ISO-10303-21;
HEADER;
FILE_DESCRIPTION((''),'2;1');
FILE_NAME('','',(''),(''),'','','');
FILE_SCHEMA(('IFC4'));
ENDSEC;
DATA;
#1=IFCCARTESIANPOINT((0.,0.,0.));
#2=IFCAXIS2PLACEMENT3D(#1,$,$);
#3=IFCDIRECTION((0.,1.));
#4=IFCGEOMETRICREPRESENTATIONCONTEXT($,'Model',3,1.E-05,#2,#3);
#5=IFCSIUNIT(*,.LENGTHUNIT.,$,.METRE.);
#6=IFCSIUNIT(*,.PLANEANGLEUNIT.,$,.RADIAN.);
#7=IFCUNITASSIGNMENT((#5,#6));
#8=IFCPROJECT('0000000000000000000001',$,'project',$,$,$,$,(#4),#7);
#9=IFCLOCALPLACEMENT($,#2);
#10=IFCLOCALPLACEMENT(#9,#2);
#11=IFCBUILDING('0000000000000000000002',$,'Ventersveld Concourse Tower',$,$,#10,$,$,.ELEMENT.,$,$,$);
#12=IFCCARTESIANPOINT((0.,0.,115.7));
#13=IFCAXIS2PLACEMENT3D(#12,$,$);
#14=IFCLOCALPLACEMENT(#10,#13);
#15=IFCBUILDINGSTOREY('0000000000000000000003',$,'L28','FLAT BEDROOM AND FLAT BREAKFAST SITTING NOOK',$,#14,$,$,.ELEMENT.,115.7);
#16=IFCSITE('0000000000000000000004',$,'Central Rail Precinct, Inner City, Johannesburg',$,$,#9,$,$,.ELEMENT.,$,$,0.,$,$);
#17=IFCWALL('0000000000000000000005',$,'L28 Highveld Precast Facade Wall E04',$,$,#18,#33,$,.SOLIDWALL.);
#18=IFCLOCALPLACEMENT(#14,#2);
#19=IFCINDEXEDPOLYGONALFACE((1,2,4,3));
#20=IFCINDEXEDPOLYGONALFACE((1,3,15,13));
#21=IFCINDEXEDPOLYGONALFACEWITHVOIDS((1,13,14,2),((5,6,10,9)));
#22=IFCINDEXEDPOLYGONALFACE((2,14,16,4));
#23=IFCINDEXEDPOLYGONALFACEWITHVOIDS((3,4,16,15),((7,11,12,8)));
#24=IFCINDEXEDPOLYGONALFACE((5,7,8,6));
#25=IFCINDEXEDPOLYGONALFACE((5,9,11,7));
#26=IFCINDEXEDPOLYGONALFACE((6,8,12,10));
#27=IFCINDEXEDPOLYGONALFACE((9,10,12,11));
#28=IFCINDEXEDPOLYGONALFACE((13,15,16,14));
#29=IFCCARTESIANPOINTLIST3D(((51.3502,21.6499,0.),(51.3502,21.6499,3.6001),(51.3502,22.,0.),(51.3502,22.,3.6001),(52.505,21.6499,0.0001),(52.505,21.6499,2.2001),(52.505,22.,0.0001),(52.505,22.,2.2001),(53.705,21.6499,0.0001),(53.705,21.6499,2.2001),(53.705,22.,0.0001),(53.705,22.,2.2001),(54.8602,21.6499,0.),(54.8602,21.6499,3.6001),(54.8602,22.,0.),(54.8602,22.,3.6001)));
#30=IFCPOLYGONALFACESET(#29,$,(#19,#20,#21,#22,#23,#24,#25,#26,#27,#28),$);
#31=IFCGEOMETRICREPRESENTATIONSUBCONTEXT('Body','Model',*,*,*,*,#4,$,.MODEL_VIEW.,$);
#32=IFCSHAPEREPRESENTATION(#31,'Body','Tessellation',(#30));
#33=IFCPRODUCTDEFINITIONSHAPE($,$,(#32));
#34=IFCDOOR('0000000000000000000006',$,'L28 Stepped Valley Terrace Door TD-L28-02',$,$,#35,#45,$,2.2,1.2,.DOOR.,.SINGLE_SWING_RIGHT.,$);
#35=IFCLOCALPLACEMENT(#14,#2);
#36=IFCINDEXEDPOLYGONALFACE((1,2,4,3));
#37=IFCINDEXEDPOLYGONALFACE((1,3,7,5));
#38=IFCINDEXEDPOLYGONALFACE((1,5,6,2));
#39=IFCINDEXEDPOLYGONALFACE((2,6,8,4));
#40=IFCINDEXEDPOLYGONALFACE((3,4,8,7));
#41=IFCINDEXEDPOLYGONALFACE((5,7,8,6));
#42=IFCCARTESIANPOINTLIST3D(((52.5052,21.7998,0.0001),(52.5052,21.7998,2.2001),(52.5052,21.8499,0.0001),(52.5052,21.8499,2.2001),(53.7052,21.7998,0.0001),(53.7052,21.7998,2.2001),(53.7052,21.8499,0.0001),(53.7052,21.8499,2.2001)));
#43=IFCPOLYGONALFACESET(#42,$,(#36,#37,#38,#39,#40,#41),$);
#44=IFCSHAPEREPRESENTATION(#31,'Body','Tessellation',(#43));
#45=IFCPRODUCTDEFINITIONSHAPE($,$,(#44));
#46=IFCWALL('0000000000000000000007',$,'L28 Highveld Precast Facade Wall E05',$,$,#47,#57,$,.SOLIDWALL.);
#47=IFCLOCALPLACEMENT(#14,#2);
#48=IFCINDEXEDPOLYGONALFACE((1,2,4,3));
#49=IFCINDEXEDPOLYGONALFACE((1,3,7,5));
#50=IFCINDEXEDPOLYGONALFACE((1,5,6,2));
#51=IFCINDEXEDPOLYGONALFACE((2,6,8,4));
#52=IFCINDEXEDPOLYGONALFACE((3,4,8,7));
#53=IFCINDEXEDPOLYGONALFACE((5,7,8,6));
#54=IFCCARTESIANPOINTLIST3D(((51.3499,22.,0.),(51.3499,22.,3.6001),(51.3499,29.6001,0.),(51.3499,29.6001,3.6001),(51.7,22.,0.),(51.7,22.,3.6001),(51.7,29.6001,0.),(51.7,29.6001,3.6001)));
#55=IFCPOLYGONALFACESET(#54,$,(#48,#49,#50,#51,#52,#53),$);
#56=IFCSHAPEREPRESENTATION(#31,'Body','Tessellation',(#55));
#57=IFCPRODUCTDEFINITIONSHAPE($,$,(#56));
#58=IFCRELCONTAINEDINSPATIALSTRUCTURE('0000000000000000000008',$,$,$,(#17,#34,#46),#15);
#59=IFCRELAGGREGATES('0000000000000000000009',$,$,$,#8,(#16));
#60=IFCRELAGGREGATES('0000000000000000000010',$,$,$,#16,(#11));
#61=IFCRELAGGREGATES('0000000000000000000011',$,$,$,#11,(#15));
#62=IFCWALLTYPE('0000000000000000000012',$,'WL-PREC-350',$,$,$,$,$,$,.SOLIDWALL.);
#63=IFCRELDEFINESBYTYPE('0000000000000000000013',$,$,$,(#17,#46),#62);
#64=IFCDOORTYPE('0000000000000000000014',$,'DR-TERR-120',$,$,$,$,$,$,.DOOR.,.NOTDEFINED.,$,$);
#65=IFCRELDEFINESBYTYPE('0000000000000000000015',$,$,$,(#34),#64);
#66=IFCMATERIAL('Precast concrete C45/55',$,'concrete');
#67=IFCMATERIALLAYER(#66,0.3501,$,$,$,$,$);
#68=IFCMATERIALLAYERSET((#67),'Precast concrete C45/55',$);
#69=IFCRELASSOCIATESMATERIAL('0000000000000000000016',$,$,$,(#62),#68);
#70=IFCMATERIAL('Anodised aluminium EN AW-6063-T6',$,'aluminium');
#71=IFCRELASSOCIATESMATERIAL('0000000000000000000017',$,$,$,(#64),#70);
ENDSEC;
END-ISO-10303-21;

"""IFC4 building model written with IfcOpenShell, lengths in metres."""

from ifc_helpers import new_model, si_unit, direction, frame, frame_2d, origin, place, context, subcontext, project, spatial, rectangle, extrude, material, layer, layer_set, type_object, element, fill, save


model = new_model("IFC4")

# Units and contexts
model_context = context("Model", 3, precision=1e-05, world=origin(), true_north=direction((0.0, 1.0)))
body_context = subcontext(model_context, "Body", "Model", "MODEL_VIEW")
ifc_project = project(units=[si_unit("LENGTHUNIT", "METRE"), si_unit("PLANEANGLEUNIT", "RADIAN")], contexts=[model_context])

# Site, building, storey
site_placement = place(None, origin())
site = spatial("IfcSite", under=ifc_project, at=site_placement, Name="Central Rail Precinct, Inner City, Johannesburg", CompositionType="ELEMENT", RefElevation=0.0)
building_placement = place(site_placement, origin())
building = spatial("IfcBuilding", under=site, at=building_placement, Name="Ventersveld Concourse Tower", CompositionType="ELEMENT")
storey_placement = place(building_placement, frame((0.0, 0.0, 115.7)))
storey = spatial("IfcBuildingStorey", under=building, at=storey_placement, Name="L28", Description="FLAT BEDROOM AND FLAT BREAKFAST SITTING NOOK", CompositionType="ELEMENT", Elevation=115.7)

# Wall, opening, door
ifc_material_1 = material(Name="Precast concrete C45/55", Category="concrete")
ifc_layer_1 = layer(ifc_material_1, 0.3501)
ifc_layer_set_1 = layer_set([ifc_layer_1], Name="Precast concrete C45/55")
wall_type_1 = type_object("IfcWallType", Name="WL-PREC-350", PredefinedType="SOLIDWALL", material=ifc_layer_set_1)
wall_1_placement = place(storey_placement, frame((54.8601, 21.825, 0.0), z_axis=(0.0, 0.0, 1.0), x_axis=(-1.0, 0.0, 0.0)))
wall_1 = element("IfcWall", 1, at=wall_1_placement, inside=storey, type_object=wall_type_1, Name="L28 Highveld Precast Facade Wall E04", PredefinedType="SOLIDWALL", context=body_context, shape_type="SweptSolid", body=[
    extrude(rectangle(XDim=3.51, YDim=0.3501, at=frame_2d((1.7549, 0.0))), origin(), (0.0, 0.0, 1.0), 3.6001),
])
opening_1_placement = place(wall_1_placement, frame((1.155, 0.0, 0.0)))
opening_1 = element("IfcOpeningElement", 2, at=opening_1_placement, cuts=wall_1, PredefinedType="OPENING", context=body_context, shape_type="SweptSolid", body=[
    extrude(rectangle(XDim=1.2, YDim=2.2, at=frame_2d((0.6001, 1.1001))), frame((0.0, 0.1851, 0.0), z_axis=(0.0, -1.0, 0.0), x_axis=(1.0, 0.0, 0.0)), (0.0, 0.0, 1.0), 0.3701),
])
ifc_material_2 = material(Name="Anodised aluminium EN AW-6063-T6", Category="aluminium")
door_type_1 = type_object("IfcDoorType", Name="DR-TERR-120", OperationType="NOTDEFINED", PredefinedType="DOOR", material=ifc_material_2)
door_1_placement = place(opening_1_placement, frame((1.2, 0.0, 0.0), z_axis=(0.0, 0.0, 1.0), x_axis=(-1.0, 0.0, 0.0)))
door_1 = element("IfcDoor", 3, at=door_1_placement, inside=storey, type_object=door_type_1, Name="L28 Stepped Valley Terrace Door TD-L28-02", OperationType="SINGLE_SWING_RIGHT", OverallHeight=2.2, OverallWidth=1.2, PredefinedType="DOOR", context=body_context, shape_type="SweptSolid", body=[
    extrude(rectangle(XDim=1.2, YDim=2.2, at=frame_2d((0.6001, 1.1001))), frame((0.0, 0.0249, 0.0), z_axis=(0.0, -1.0, 0.0), x_axis=(1.0, 0.0, 0.0)), (0.0, 0.0, 1.0), 0.05),
])
fill(opening_1, door_1)

# Wall
wall_2_placement = place(storey_placement, frame((51.5249, 22.0, 0.0), z_axis=(0.0, 0.0, 1.0), x_axis=(0.0, 1.0, 0.0)))
element("IfcWall", 4, at=wall_2_placement, inside=storey, type_object=wall_type_1, Name="L28 Highveld Precast Facade Wall E05", PredefinedType="SOLIDWALL", context=body_context, shape_type="SweptSolid", body=[
    extrude(rectangle(XDim=7.6001, YDim=0.3501, at=frame_2d((3.8, 0.0))), origin(), (0.0, 0.0, 1.0), 3.6001),
])

save(model, "model.ifc")
